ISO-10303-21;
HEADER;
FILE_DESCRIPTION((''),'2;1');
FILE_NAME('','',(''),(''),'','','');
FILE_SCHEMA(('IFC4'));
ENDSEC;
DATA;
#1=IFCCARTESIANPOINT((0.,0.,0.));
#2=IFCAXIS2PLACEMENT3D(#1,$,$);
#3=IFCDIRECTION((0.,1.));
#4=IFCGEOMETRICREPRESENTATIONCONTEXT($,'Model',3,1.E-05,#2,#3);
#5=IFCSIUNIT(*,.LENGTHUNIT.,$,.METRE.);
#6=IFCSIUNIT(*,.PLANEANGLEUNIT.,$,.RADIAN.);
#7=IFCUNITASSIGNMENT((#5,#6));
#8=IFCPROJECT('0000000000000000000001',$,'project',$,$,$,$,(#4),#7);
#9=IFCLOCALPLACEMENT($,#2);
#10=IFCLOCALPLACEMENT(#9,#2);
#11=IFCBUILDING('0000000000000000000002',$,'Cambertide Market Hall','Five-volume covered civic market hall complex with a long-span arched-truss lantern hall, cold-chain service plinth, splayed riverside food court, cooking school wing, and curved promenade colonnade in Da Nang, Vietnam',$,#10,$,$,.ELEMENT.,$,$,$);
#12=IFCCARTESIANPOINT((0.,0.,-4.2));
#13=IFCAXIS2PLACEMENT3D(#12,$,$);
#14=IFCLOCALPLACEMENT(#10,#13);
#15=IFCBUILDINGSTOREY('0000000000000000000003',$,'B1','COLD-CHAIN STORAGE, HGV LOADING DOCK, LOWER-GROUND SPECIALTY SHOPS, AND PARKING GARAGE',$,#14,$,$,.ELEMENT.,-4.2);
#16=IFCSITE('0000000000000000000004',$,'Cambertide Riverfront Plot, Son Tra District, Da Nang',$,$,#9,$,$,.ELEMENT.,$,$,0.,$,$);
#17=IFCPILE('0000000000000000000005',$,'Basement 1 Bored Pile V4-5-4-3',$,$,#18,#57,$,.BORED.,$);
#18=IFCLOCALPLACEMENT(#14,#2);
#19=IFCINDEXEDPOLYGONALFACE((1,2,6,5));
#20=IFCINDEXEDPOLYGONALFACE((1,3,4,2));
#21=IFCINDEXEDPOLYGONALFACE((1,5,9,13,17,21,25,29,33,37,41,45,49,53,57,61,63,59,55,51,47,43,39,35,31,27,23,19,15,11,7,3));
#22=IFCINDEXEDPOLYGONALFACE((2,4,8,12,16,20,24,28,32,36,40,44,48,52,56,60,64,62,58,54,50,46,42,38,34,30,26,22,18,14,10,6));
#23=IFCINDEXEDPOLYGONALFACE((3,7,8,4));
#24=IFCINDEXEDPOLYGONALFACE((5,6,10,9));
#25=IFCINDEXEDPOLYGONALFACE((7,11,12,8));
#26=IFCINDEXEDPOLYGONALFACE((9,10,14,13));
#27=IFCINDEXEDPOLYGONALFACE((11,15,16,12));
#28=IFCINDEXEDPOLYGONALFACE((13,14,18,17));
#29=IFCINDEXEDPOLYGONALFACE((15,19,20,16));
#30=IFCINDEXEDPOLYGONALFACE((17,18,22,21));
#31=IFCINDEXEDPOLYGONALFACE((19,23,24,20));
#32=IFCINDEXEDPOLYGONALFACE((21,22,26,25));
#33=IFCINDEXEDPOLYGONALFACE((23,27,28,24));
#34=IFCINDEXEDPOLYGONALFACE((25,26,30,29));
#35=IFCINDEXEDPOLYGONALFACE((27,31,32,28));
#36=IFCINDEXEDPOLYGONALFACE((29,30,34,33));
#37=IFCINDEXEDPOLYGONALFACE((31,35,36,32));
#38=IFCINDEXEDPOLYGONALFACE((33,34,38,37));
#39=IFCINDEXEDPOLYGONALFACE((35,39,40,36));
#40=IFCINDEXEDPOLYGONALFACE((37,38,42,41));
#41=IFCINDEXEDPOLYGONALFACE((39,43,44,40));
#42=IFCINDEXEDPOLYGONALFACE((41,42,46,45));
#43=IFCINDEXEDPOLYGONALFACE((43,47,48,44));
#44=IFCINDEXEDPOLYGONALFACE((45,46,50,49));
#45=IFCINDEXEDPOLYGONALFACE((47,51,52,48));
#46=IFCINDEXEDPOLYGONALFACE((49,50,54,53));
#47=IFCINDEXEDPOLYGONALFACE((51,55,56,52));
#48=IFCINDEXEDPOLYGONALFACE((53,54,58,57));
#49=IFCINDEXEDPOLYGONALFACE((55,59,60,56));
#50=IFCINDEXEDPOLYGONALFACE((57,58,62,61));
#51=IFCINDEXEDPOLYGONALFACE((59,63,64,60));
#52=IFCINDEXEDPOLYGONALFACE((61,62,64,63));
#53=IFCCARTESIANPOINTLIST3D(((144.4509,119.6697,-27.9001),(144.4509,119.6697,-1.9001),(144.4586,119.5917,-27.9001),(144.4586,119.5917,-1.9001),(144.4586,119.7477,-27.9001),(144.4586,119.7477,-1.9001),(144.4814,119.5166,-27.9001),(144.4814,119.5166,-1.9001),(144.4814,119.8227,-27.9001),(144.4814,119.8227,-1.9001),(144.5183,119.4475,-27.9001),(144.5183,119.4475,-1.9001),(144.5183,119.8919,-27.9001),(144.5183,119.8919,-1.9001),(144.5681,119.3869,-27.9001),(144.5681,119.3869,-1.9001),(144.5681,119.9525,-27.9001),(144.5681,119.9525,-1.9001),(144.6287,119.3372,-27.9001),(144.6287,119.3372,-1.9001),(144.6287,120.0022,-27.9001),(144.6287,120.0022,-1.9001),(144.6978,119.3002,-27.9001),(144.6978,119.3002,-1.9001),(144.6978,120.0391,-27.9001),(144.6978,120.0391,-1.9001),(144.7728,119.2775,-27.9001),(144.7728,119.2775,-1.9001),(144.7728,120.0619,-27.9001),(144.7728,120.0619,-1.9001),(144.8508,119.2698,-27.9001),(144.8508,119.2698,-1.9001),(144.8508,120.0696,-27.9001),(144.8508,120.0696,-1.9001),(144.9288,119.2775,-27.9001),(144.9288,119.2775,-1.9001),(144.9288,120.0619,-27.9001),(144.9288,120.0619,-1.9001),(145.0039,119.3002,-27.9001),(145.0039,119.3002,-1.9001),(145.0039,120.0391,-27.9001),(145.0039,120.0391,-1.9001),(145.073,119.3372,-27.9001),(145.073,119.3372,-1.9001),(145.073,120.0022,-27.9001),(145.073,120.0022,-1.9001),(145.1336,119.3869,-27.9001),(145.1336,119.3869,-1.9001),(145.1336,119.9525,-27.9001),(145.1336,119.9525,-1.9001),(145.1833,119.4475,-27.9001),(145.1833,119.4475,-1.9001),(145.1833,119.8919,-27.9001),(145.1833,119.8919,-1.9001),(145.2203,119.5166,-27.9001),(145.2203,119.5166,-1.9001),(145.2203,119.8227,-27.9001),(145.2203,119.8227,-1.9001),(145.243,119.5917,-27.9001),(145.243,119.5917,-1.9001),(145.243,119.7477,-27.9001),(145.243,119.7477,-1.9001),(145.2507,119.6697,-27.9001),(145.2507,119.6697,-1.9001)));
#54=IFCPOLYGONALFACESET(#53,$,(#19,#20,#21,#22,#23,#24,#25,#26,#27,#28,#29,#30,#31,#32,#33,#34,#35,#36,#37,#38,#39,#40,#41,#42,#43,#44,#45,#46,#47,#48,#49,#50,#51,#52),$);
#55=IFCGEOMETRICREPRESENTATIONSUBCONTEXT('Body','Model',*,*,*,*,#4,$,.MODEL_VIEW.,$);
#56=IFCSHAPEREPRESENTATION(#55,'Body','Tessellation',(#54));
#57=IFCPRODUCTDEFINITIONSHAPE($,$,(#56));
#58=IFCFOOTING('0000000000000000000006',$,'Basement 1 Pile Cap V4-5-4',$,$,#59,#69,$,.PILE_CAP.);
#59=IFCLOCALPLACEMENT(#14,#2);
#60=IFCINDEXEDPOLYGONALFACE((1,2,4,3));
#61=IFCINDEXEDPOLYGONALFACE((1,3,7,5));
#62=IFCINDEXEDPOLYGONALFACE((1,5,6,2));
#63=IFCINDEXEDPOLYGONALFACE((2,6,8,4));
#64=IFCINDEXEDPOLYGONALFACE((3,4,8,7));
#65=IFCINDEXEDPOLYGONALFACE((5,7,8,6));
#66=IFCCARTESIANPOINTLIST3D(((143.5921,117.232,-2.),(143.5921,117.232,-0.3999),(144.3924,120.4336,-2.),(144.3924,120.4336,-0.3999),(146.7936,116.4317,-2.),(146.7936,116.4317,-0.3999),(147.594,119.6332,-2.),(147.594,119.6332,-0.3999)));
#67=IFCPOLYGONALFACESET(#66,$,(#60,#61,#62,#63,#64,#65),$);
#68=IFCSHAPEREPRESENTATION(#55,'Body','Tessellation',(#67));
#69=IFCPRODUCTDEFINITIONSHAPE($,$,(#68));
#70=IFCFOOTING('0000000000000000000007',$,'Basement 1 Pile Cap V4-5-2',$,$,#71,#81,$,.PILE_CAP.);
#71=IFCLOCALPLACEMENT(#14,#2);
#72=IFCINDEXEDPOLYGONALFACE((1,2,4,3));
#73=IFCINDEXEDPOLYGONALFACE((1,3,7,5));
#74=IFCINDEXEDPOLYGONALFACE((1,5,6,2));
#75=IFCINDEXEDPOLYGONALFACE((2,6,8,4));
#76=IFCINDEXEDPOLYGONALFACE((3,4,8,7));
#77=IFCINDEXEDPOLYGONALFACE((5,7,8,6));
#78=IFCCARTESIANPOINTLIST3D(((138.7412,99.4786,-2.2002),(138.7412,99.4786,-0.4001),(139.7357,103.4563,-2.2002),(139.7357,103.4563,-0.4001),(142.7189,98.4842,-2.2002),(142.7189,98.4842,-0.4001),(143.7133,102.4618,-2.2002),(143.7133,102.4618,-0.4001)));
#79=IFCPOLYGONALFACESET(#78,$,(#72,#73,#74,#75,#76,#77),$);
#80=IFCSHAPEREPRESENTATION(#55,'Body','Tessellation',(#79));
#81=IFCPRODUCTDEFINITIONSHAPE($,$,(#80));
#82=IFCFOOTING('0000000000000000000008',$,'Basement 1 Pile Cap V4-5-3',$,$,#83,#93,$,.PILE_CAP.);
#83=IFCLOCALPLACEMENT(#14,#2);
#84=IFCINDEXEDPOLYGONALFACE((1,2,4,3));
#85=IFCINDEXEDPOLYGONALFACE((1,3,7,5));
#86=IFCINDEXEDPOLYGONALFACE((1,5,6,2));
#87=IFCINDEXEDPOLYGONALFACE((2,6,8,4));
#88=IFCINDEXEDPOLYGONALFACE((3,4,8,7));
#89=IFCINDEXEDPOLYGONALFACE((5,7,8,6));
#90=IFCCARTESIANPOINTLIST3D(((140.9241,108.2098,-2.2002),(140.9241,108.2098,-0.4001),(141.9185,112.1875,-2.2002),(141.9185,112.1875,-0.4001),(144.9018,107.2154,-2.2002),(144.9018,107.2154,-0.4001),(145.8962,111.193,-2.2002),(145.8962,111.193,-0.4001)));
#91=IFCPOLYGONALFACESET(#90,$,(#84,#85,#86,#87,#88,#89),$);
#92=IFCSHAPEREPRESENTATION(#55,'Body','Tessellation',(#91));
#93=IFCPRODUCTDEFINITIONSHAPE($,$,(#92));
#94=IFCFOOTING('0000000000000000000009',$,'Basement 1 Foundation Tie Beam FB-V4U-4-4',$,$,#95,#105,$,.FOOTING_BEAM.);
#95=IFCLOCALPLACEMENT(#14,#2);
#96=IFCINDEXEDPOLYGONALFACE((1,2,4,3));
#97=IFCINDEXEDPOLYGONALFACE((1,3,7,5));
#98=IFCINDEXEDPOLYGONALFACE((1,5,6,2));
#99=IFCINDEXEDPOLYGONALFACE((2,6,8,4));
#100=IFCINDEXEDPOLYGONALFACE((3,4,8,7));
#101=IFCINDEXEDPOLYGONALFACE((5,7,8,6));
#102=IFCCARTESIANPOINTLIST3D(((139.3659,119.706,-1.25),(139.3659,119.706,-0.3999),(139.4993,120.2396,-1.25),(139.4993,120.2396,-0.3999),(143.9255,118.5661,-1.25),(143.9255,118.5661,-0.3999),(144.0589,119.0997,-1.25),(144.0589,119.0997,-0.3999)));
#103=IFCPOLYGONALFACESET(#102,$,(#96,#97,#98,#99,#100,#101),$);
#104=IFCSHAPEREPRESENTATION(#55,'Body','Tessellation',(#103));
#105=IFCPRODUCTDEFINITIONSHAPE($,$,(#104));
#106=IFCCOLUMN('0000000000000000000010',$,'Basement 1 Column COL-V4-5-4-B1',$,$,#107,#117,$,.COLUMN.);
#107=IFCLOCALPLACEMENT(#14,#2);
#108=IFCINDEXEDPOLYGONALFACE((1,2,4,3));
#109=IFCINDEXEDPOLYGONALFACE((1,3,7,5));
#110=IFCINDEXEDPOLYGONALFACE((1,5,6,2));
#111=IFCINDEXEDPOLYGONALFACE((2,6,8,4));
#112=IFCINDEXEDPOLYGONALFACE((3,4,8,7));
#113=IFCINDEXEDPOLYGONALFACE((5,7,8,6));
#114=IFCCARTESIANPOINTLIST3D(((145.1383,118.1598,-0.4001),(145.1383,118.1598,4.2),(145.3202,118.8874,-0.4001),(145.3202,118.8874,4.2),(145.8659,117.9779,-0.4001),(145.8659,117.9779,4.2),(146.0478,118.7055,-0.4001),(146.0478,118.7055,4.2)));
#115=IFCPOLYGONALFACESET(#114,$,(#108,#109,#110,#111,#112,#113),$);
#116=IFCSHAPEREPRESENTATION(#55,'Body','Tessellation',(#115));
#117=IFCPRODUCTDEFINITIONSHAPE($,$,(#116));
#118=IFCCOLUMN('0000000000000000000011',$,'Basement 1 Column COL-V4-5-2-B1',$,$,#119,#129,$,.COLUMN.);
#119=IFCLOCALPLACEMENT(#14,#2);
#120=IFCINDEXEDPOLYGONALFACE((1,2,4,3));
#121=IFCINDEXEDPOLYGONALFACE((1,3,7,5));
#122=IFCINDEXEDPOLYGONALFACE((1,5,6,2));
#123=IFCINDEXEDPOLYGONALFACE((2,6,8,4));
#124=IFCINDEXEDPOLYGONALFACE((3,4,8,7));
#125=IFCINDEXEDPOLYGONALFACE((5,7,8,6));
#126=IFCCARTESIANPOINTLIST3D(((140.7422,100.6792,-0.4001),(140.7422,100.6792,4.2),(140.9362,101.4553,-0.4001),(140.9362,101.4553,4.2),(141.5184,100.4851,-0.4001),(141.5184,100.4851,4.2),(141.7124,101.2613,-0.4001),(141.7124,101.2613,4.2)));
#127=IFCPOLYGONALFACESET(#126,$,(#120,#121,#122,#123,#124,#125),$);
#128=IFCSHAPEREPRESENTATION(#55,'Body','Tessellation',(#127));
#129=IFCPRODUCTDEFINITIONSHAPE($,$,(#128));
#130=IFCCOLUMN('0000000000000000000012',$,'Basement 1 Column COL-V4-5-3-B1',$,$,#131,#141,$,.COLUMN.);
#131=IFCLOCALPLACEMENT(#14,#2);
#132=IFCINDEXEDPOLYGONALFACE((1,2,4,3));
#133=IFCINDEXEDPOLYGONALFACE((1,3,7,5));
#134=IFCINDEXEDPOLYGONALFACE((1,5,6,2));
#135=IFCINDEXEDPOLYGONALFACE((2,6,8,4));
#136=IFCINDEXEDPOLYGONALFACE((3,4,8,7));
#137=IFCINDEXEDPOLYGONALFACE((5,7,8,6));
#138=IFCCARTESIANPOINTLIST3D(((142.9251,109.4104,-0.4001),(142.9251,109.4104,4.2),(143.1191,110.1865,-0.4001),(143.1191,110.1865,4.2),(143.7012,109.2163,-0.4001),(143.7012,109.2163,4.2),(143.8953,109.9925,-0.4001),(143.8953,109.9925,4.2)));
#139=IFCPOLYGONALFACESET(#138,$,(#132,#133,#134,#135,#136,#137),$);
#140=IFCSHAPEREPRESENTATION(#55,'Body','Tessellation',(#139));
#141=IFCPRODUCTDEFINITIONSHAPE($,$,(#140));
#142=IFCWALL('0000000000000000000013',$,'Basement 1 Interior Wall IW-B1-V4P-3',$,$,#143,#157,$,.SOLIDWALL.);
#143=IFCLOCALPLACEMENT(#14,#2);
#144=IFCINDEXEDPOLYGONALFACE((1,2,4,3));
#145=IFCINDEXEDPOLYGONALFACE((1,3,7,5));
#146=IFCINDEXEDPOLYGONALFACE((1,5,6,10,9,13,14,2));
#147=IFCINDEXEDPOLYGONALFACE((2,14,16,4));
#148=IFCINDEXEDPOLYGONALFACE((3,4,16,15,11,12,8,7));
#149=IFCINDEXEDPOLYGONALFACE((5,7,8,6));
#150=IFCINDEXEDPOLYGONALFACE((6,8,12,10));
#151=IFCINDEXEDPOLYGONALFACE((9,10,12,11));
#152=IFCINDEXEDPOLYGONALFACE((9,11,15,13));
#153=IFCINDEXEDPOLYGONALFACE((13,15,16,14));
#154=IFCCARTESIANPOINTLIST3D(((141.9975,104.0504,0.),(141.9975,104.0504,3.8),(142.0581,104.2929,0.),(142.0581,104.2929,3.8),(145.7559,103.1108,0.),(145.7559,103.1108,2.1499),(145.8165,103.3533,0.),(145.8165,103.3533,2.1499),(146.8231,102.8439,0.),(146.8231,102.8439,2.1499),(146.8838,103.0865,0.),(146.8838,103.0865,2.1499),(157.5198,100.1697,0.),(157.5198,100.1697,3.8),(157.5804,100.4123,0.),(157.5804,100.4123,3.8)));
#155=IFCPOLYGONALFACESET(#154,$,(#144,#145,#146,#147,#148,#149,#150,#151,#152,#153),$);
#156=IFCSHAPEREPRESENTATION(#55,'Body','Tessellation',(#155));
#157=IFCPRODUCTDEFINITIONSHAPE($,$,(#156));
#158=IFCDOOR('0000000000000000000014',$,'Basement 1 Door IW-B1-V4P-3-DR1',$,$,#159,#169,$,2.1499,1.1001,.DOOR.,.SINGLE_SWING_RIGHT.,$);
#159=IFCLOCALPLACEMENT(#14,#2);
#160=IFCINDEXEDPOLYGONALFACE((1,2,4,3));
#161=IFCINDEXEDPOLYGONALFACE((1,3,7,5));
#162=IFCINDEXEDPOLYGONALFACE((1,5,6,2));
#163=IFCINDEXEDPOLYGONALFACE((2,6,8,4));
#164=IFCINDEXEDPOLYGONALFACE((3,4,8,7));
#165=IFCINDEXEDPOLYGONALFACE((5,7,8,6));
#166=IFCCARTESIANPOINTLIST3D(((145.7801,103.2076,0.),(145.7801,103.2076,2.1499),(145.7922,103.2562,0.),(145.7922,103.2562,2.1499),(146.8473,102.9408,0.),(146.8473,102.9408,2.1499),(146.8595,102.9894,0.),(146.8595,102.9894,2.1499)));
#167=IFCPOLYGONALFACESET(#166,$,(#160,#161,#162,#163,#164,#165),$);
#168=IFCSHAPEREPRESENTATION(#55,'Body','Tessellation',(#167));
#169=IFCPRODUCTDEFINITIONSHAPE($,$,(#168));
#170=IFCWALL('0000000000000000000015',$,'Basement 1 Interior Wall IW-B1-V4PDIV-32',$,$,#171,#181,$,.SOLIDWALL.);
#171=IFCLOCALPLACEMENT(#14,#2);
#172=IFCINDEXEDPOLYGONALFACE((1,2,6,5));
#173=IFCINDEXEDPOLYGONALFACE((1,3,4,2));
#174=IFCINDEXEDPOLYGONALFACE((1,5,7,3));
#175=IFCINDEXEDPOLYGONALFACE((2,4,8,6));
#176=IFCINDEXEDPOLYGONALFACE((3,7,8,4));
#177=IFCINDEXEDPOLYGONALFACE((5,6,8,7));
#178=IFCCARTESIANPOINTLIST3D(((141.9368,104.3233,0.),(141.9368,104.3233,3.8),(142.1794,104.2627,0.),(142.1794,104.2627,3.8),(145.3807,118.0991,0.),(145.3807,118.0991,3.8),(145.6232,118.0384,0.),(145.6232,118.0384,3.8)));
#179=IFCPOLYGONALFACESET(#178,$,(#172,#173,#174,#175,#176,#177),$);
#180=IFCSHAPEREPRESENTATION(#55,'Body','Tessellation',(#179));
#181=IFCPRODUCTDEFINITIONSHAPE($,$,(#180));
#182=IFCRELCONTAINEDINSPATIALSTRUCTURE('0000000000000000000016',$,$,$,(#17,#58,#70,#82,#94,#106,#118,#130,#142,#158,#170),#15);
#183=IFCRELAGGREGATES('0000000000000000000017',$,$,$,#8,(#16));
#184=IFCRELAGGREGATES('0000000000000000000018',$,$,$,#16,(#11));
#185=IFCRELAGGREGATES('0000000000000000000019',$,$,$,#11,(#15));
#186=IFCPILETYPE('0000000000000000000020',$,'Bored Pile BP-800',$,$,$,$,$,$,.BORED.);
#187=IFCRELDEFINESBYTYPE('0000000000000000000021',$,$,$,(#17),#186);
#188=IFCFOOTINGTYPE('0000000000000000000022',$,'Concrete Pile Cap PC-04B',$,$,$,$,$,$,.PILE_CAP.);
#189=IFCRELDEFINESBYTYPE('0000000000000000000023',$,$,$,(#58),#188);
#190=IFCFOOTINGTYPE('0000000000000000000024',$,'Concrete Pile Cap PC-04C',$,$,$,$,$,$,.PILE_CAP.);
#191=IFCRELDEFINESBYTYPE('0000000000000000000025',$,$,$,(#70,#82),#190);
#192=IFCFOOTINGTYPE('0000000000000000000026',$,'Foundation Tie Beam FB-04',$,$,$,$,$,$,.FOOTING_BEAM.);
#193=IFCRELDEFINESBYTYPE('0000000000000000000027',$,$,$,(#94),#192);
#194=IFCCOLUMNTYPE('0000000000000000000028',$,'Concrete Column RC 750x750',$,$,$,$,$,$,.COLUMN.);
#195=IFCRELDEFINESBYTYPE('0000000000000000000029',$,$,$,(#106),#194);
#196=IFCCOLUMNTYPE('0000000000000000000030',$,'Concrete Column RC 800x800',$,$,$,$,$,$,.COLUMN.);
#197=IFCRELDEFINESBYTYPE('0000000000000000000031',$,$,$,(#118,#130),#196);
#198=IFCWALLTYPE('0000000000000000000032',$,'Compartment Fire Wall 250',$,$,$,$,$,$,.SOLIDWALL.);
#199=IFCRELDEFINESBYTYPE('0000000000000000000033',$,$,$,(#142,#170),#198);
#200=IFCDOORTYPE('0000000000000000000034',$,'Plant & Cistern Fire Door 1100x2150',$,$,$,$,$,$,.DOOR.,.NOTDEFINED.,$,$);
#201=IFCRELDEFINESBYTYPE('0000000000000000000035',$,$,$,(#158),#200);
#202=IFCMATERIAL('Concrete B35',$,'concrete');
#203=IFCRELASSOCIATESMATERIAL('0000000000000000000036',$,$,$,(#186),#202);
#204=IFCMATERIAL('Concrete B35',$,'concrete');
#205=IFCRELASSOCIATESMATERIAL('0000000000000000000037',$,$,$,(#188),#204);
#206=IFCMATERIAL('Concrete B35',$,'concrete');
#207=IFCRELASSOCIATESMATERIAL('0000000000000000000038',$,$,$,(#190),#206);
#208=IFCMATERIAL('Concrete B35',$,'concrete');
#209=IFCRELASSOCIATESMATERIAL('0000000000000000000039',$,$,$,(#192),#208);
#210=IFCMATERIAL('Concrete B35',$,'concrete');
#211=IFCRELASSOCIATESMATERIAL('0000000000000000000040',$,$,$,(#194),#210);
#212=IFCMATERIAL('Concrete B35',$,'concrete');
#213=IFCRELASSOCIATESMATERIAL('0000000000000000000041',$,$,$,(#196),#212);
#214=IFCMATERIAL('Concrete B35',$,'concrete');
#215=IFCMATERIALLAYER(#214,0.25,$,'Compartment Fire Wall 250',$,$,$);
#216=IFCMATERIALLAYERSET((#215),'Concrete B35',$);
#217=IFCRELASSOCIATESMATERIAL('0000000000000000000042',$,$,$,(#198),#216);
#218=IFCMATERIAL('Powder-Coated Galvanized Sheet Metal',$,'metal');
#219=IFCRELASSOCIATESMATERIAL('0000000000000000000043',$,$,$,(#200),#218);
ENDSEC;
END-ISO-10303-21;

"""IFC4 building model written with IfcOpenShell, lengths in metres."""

from ifc_helpers import new_model, si_unit, direction, frame, frame_2d, origin, origin_2d, place, context, subcontext, project, spatial, rectangle, circle, extrude, material, layer, layer_set, material_profile, profile_set, type_object, element, fill, save


model = new_model("IFC4")

# Units and contexts
model_context = context("Model", 3, precision=1e-05, world=origin(), true_north=direction((0.0, 1.0)))
body_context = subcontext(model_context, "Body", "Model", "MODEL_VIEW")
ifc_project = project(units=[si_unit("LENGTHUNIT", "METRE"), si_unit("PLANEANGLEUNIT", "RADIAN")], contexts=[model_context])

# Site, building, storey
site_placement = place(None, origin())
site = spatial("IfcSite", under=ifc_project, at=site_placement, Name="Cambertide Riverfront Plot, Son Tra District, Da Nang", CompositionType="ELEMENT", RefElevation=0.0)
building_placement = place(site_placement, origin())
building = spatial("IfcBuilding", under=site, at=building_placement, Name="Cambertide Market Hall", Description="Five-volume covered civic market hall complex with a long-span arched-truss lantern hall, cold-chain service plinth, splayed riverside food court, cooking school wing, and curved promenade colonnade in Da Nang, Vietnam", CompositionType="ELEMENT")
storey_placement = place(building_placement, frame((0.0, 0.0, -4.2)))
storey = spatial("IfcBuildingStorey", under=building, at=storey_placement, Name="B1", Description="COLD-CHAIN STORAGE, HGV LOADING DOCK, LOWER-GROUND SPECIALTY SHOPS, AND PARKING GARAGE", CompositionType="ELEMENT", Elevation=-4.2)

# Pile
ifc_material_1 = material(Name="Concrete B35", Category="concrete")
ifc_material_profile_1 = material_profile(ifc_material_1, circle(Radius=0.3999, at=origin_2d()), Name="BP D800")
ifc_profile_set_1 = profile_set([ifc_material_profile_1], Name="Concrete B35")
pile_type_1 = type_object("IfcPileType", Name="Bored Pile BP-800", PredefinedType="BORED", material=ifc_profile_set_1)
for number, where, z_axis, x_axis, name in (
    (1, (144.8508, 119.6697, -1.9001), (0.0, 0.0, -1.0), (1.0, 0.0, 0.0), "Basement 1 Bored Pile V4-5-4-3"),
):
    element("IfcPile", number, at=place(storey_placement, frame(where, z_axis=z_axis, x_axis=x_axis)), inside=storey, type_object=pile_type_1, Name=name, PredefinedType="BORED", context=body_context, shape_type="SweptSolid", body=[
        extrude(circle(Radius=0.3999, at=origin_2d()), origin(), (0.0, 0.0, 1.0), 26.0),
    ])

# Footings
ifc_material_2 = material(Name="Concrete B35", Category="concrete")
footing_type_1 = type_object("IfcFootingType", Name="Concrete Pile Cap PC-04B", PredefinedType="PILE_CAP", material=ifc_material_2)
footing_1_placement = place(storey_placement, frame((145.593, 118.4326, -2.0), z_axis=(0.0, 0.0, 1.0), x_axis=(0.970143, -0.242536, 0.0)))
element("IfcFooting", 2, at=footing_1_placement, inside=storey, type_object=footing_type_1, Name="Basement 1 Pile Cap V4-5-4", PredefinedType="PILE_CAP", context=body_context, shape_type="SweptSolid", body=[
    extrude(rectangle(XDim=3.3, YDim=3.3, at=origin_2d()), origin(), (0.0, 0.0, 1.0), 1.6001),
])
ifc_material_3 = material(Name="Concrete B35", Category="concrete")
footing_type_2 = type_object("IfcFootingType", Name="Concrete Pile Cap PC-04C", PredefinedType="PILE_CAP", material=ifc_material_3)
for number, where, z_axis, x_axis, name in (
    (3, (141.2273, 100.9702, -2.2002), (0.0, 0.0, 1.0), (0.970143, -0.242536, 0.0), "Basement 1 Pile Cap V4-5-2"),
    (4, (143.4102, 109.7014, -2.2002), (0.0, 0.0, 1.0), (0.970143, -0.242536, 0.0), "Basement 1 Pile Cap V4-5-3"),
):
    element("IfcFooting", number, at=place(storey_placement, frame(where, z_axis=z_axis, x_axis=x_axis)), inside=storey, type_object=footing_type_2, Name=name, PredefinedType="PILE_CAP", context=body_context, shape_type="SweptSolid", body=[
        extrude(rectangle(XDim=4.1001, YDim=4.1001, at=origin_2d()), origin(), (0.0, 0.0, 1.0), 1.8),
    ])
ifc_material_4 = material(Name="Concrete B35", Category="concrete")
footing_type_3 = type_object("IfcFootingType", Name="Foundation Tie Beam FB-04", PredefinedType="FOOTING_BEAM", material=ifc_material_4)
footing_2_placement = place(storey_placement, frame((141.7124, 119.4028, -1.25), z_axis=(0.0, 0.0, 1.0), x_axis=(0.970143, -0.242536, 0.0)))
element("IfcFooting", 5, at=footing_2_placement, inside=storey, type_object=footing_type_3, Name="Basement 1 Foundation Tie Beam FB-V4U-4-4", PredefinedType="FOOTING_BEAM", context=body_context, shape_type="SweptSolid", body=[
    extrude(rectangle(XDim=4.7, YDim=0.55, at=origin_2d()), origin(), (0.0, 0.0, 1.0), 0.8501),
])

# Columns
ifc_material_5 = material(Name="Concrete B35", Category="concrete")
ifc_material_profile_2 = material_profile(ifc_material_5, rectangle(XDim=0.75, YDim=0.75, at=origin_2d()), Name="RC 750x750")
ifc_profile_set_2 = profile_set([ifc_material_profile_2], Name="Concrete B35")
column_type_1 = type_object("IfcColumnType", Name="Concrete Column RC 750x750", PredefinedType="COLUMN", material=ifc_profile_set_2)
column_placement = place(storey_placement, frame((145.593, 118.4326, -0.4001), z_axis=(0.0, 0.0, 1.0), x_axis=(0.970143, -0.242536, 0.0)))
element("IfcColumn", 6, at=column_placement, inside=storey, type_object=column_type_1, Name="Basement 1 Column COL-V4-5-4-B1", PredefinedType="COLUMN", context=body_context, shape_type="SweptSolid", body=[
    extrude(rectangle(XDim=0.75, YDim=0.75, at=origin_2d()), origin(), (0.0, 0.0, 1.0), 4.6001),
])
ifc_material_6 = material(Name="Concrete B35", Category="concrete")
ifc_material_profile_3 = material_profile(ifc_material_6, rectangle(XDim=0.8, YDim=0.8, at=origin_2d()), Name="RC 800x800")
ifc_profile_set_3 = profile_set([ifc_material_profile_3], Name="Concrete B35")
column_type_2 = type_object("IfcColumnType", Name="Concrete Column RC 800x800", PredefinedType="COLUMN", material=ifc_profile_set_3)
for number, where, z_axis, x_axis, name in (
    (7, (141.2273, 100.9702, -0.4001), (0.0, 0.0, 1.0), (0.970143, -0.242536, 0.0), "Basement 1 Column COL-V4-5-2-B1"),
    (8, (143.4102, 109.7014, -0.4001), (0.0, 0.0, 1.0), (0.970143, -0.242536, 0.0), "Basement 1 Column COL-V4-5-3-B1"),
):
    element("IfcColumn", number, at=place(storey_placement, frame(where, z_axis=z_axis, x_axis=x_axis)), inside=storey, type_object=column_type_2, Name=name, PredefinedType="COLUMN", context=body_context, shape_type="SweptSolid", body=[
        extrude(rectangle(XDim=0.8, YDim=0.8, at=origin_2d()), origin(), (0.0, 0.0, 1.0), 4.6001),
    ])

# Wall, opening, door
ifc_material_7 = material(Name="Concrete B35", Category="concrete")
ifc_layer_1 = layer(ifc_material_7, 0.25, Name="Compartment Fire Wall 250")
ifc_layer_set_1 = layer_set([ifc_layer_1], Name="Concrete B35")
wall_type_1 = type_object("IfcWallType", Name="Compartment Fire Wall 250", PredefinedType="SOLIDWALL", material=ifc_layer_set_1)
wall_1_placement = place(storey_placement, frame((142.0278, 104.1716, 0.0), z_axis=(0.0, 0.0, 1.0), x_axis=(0.970142, -0.242539, 0.0)))
wall_1 = element("IfcWall", 9, at=wall_1_placement, inside=storey, type_object=wall_type_1, Name="Basement 1 Interior Wall IW-B1-V4P-3", PredefinedType="SOLIDWALL", context=body_context, shape_type="SweptSolid", body=[
    extrude(rectangle(XDim=16.0, YDim=0.25, at=frame_2d((8.0, 0.0))), origin(), (0.0, 0.0, 1.0), 3.8),
])
opening_1_placement = place(wall_1_placement, frame((3.874, 0.0, 0.0)))
opening_1 = element("IfcOpeningElement", 10, at=opening_1_placement, cuts=wall_1, PredefinedType="OPENING", context=body_context, shape_type="SweptSolid", body=[
    extrude(rectangle(XDim=1.1001, YDim=2.1499, at=frame_2d((0.55, 1.075))), frame((0.0, 0.135, 0.0), z_axis=(0.0, -1.0, 0.0), x_axis=(1.0, 0.0, 0.0)), (0.0, 0.0, 1.0), 0.27),
])
ifc_material_8 = material(Name="Powder-Coated Galvanized Sheet Metal", Category="metal")
door_type_1 = type_object("IfcDoorType", Name="Plant & Cistern Fire Door 1100x2150", OperationType="NOTDEFINED", PredefinedType="DOOR", material=ifc_material_8)
door_1_placement = place(opening_1_placement, origin())
door_1 = element("IfcDoor", 11, at=door_1_placement, inside=storey, type_object=door_type_1, Name="Basement 1 Door IW-B1-V4P-3-DR1", OperationType="SINGLE_SWING_RIGHT", OverallHeight=2.1499, OverallWidth=1.1001, PredefinedType="DOOR", context=body_context, shape_type="SweptSolid", body=[
    extrude(rectangle(XDim=1.1001, YDim=2.1499, at=frame_2d((0.55, 1.075))), frame((0.0, 0.0249, 0.0), z_axis=(0.0, -1.0, 0.0), x_axis=(1.0, 0.0, 0.0)), (0.0, 0.0, 1.0), 0.05),
])
fill(opening_1, door_1)

# Wall
wall_2_placement = place(storey_placement, frame((142.0581, 104.293, 0.0), z_axis=(0.0, 0.0, 1.0), x_axis=(0.242528, 0.970145, 0.0)))
element("IfcWall", 12, at=wall_2_placement, inside=storey, type_object=wall_type_1, Name="Basement 1 Interior Wall IW-B1-V4PDIV-32", PredefinedType="SOLIDWALL", context=body_context, shape_type="SweptSolid", body=[
    extrude(rectangle(XDim=14.1997, YDim=0.25, at=frame_2d((7.0999, 0.0))), origin(), (0.0, 0.0, 1.0), 3.8),
])

save(model, "model.ifc")
